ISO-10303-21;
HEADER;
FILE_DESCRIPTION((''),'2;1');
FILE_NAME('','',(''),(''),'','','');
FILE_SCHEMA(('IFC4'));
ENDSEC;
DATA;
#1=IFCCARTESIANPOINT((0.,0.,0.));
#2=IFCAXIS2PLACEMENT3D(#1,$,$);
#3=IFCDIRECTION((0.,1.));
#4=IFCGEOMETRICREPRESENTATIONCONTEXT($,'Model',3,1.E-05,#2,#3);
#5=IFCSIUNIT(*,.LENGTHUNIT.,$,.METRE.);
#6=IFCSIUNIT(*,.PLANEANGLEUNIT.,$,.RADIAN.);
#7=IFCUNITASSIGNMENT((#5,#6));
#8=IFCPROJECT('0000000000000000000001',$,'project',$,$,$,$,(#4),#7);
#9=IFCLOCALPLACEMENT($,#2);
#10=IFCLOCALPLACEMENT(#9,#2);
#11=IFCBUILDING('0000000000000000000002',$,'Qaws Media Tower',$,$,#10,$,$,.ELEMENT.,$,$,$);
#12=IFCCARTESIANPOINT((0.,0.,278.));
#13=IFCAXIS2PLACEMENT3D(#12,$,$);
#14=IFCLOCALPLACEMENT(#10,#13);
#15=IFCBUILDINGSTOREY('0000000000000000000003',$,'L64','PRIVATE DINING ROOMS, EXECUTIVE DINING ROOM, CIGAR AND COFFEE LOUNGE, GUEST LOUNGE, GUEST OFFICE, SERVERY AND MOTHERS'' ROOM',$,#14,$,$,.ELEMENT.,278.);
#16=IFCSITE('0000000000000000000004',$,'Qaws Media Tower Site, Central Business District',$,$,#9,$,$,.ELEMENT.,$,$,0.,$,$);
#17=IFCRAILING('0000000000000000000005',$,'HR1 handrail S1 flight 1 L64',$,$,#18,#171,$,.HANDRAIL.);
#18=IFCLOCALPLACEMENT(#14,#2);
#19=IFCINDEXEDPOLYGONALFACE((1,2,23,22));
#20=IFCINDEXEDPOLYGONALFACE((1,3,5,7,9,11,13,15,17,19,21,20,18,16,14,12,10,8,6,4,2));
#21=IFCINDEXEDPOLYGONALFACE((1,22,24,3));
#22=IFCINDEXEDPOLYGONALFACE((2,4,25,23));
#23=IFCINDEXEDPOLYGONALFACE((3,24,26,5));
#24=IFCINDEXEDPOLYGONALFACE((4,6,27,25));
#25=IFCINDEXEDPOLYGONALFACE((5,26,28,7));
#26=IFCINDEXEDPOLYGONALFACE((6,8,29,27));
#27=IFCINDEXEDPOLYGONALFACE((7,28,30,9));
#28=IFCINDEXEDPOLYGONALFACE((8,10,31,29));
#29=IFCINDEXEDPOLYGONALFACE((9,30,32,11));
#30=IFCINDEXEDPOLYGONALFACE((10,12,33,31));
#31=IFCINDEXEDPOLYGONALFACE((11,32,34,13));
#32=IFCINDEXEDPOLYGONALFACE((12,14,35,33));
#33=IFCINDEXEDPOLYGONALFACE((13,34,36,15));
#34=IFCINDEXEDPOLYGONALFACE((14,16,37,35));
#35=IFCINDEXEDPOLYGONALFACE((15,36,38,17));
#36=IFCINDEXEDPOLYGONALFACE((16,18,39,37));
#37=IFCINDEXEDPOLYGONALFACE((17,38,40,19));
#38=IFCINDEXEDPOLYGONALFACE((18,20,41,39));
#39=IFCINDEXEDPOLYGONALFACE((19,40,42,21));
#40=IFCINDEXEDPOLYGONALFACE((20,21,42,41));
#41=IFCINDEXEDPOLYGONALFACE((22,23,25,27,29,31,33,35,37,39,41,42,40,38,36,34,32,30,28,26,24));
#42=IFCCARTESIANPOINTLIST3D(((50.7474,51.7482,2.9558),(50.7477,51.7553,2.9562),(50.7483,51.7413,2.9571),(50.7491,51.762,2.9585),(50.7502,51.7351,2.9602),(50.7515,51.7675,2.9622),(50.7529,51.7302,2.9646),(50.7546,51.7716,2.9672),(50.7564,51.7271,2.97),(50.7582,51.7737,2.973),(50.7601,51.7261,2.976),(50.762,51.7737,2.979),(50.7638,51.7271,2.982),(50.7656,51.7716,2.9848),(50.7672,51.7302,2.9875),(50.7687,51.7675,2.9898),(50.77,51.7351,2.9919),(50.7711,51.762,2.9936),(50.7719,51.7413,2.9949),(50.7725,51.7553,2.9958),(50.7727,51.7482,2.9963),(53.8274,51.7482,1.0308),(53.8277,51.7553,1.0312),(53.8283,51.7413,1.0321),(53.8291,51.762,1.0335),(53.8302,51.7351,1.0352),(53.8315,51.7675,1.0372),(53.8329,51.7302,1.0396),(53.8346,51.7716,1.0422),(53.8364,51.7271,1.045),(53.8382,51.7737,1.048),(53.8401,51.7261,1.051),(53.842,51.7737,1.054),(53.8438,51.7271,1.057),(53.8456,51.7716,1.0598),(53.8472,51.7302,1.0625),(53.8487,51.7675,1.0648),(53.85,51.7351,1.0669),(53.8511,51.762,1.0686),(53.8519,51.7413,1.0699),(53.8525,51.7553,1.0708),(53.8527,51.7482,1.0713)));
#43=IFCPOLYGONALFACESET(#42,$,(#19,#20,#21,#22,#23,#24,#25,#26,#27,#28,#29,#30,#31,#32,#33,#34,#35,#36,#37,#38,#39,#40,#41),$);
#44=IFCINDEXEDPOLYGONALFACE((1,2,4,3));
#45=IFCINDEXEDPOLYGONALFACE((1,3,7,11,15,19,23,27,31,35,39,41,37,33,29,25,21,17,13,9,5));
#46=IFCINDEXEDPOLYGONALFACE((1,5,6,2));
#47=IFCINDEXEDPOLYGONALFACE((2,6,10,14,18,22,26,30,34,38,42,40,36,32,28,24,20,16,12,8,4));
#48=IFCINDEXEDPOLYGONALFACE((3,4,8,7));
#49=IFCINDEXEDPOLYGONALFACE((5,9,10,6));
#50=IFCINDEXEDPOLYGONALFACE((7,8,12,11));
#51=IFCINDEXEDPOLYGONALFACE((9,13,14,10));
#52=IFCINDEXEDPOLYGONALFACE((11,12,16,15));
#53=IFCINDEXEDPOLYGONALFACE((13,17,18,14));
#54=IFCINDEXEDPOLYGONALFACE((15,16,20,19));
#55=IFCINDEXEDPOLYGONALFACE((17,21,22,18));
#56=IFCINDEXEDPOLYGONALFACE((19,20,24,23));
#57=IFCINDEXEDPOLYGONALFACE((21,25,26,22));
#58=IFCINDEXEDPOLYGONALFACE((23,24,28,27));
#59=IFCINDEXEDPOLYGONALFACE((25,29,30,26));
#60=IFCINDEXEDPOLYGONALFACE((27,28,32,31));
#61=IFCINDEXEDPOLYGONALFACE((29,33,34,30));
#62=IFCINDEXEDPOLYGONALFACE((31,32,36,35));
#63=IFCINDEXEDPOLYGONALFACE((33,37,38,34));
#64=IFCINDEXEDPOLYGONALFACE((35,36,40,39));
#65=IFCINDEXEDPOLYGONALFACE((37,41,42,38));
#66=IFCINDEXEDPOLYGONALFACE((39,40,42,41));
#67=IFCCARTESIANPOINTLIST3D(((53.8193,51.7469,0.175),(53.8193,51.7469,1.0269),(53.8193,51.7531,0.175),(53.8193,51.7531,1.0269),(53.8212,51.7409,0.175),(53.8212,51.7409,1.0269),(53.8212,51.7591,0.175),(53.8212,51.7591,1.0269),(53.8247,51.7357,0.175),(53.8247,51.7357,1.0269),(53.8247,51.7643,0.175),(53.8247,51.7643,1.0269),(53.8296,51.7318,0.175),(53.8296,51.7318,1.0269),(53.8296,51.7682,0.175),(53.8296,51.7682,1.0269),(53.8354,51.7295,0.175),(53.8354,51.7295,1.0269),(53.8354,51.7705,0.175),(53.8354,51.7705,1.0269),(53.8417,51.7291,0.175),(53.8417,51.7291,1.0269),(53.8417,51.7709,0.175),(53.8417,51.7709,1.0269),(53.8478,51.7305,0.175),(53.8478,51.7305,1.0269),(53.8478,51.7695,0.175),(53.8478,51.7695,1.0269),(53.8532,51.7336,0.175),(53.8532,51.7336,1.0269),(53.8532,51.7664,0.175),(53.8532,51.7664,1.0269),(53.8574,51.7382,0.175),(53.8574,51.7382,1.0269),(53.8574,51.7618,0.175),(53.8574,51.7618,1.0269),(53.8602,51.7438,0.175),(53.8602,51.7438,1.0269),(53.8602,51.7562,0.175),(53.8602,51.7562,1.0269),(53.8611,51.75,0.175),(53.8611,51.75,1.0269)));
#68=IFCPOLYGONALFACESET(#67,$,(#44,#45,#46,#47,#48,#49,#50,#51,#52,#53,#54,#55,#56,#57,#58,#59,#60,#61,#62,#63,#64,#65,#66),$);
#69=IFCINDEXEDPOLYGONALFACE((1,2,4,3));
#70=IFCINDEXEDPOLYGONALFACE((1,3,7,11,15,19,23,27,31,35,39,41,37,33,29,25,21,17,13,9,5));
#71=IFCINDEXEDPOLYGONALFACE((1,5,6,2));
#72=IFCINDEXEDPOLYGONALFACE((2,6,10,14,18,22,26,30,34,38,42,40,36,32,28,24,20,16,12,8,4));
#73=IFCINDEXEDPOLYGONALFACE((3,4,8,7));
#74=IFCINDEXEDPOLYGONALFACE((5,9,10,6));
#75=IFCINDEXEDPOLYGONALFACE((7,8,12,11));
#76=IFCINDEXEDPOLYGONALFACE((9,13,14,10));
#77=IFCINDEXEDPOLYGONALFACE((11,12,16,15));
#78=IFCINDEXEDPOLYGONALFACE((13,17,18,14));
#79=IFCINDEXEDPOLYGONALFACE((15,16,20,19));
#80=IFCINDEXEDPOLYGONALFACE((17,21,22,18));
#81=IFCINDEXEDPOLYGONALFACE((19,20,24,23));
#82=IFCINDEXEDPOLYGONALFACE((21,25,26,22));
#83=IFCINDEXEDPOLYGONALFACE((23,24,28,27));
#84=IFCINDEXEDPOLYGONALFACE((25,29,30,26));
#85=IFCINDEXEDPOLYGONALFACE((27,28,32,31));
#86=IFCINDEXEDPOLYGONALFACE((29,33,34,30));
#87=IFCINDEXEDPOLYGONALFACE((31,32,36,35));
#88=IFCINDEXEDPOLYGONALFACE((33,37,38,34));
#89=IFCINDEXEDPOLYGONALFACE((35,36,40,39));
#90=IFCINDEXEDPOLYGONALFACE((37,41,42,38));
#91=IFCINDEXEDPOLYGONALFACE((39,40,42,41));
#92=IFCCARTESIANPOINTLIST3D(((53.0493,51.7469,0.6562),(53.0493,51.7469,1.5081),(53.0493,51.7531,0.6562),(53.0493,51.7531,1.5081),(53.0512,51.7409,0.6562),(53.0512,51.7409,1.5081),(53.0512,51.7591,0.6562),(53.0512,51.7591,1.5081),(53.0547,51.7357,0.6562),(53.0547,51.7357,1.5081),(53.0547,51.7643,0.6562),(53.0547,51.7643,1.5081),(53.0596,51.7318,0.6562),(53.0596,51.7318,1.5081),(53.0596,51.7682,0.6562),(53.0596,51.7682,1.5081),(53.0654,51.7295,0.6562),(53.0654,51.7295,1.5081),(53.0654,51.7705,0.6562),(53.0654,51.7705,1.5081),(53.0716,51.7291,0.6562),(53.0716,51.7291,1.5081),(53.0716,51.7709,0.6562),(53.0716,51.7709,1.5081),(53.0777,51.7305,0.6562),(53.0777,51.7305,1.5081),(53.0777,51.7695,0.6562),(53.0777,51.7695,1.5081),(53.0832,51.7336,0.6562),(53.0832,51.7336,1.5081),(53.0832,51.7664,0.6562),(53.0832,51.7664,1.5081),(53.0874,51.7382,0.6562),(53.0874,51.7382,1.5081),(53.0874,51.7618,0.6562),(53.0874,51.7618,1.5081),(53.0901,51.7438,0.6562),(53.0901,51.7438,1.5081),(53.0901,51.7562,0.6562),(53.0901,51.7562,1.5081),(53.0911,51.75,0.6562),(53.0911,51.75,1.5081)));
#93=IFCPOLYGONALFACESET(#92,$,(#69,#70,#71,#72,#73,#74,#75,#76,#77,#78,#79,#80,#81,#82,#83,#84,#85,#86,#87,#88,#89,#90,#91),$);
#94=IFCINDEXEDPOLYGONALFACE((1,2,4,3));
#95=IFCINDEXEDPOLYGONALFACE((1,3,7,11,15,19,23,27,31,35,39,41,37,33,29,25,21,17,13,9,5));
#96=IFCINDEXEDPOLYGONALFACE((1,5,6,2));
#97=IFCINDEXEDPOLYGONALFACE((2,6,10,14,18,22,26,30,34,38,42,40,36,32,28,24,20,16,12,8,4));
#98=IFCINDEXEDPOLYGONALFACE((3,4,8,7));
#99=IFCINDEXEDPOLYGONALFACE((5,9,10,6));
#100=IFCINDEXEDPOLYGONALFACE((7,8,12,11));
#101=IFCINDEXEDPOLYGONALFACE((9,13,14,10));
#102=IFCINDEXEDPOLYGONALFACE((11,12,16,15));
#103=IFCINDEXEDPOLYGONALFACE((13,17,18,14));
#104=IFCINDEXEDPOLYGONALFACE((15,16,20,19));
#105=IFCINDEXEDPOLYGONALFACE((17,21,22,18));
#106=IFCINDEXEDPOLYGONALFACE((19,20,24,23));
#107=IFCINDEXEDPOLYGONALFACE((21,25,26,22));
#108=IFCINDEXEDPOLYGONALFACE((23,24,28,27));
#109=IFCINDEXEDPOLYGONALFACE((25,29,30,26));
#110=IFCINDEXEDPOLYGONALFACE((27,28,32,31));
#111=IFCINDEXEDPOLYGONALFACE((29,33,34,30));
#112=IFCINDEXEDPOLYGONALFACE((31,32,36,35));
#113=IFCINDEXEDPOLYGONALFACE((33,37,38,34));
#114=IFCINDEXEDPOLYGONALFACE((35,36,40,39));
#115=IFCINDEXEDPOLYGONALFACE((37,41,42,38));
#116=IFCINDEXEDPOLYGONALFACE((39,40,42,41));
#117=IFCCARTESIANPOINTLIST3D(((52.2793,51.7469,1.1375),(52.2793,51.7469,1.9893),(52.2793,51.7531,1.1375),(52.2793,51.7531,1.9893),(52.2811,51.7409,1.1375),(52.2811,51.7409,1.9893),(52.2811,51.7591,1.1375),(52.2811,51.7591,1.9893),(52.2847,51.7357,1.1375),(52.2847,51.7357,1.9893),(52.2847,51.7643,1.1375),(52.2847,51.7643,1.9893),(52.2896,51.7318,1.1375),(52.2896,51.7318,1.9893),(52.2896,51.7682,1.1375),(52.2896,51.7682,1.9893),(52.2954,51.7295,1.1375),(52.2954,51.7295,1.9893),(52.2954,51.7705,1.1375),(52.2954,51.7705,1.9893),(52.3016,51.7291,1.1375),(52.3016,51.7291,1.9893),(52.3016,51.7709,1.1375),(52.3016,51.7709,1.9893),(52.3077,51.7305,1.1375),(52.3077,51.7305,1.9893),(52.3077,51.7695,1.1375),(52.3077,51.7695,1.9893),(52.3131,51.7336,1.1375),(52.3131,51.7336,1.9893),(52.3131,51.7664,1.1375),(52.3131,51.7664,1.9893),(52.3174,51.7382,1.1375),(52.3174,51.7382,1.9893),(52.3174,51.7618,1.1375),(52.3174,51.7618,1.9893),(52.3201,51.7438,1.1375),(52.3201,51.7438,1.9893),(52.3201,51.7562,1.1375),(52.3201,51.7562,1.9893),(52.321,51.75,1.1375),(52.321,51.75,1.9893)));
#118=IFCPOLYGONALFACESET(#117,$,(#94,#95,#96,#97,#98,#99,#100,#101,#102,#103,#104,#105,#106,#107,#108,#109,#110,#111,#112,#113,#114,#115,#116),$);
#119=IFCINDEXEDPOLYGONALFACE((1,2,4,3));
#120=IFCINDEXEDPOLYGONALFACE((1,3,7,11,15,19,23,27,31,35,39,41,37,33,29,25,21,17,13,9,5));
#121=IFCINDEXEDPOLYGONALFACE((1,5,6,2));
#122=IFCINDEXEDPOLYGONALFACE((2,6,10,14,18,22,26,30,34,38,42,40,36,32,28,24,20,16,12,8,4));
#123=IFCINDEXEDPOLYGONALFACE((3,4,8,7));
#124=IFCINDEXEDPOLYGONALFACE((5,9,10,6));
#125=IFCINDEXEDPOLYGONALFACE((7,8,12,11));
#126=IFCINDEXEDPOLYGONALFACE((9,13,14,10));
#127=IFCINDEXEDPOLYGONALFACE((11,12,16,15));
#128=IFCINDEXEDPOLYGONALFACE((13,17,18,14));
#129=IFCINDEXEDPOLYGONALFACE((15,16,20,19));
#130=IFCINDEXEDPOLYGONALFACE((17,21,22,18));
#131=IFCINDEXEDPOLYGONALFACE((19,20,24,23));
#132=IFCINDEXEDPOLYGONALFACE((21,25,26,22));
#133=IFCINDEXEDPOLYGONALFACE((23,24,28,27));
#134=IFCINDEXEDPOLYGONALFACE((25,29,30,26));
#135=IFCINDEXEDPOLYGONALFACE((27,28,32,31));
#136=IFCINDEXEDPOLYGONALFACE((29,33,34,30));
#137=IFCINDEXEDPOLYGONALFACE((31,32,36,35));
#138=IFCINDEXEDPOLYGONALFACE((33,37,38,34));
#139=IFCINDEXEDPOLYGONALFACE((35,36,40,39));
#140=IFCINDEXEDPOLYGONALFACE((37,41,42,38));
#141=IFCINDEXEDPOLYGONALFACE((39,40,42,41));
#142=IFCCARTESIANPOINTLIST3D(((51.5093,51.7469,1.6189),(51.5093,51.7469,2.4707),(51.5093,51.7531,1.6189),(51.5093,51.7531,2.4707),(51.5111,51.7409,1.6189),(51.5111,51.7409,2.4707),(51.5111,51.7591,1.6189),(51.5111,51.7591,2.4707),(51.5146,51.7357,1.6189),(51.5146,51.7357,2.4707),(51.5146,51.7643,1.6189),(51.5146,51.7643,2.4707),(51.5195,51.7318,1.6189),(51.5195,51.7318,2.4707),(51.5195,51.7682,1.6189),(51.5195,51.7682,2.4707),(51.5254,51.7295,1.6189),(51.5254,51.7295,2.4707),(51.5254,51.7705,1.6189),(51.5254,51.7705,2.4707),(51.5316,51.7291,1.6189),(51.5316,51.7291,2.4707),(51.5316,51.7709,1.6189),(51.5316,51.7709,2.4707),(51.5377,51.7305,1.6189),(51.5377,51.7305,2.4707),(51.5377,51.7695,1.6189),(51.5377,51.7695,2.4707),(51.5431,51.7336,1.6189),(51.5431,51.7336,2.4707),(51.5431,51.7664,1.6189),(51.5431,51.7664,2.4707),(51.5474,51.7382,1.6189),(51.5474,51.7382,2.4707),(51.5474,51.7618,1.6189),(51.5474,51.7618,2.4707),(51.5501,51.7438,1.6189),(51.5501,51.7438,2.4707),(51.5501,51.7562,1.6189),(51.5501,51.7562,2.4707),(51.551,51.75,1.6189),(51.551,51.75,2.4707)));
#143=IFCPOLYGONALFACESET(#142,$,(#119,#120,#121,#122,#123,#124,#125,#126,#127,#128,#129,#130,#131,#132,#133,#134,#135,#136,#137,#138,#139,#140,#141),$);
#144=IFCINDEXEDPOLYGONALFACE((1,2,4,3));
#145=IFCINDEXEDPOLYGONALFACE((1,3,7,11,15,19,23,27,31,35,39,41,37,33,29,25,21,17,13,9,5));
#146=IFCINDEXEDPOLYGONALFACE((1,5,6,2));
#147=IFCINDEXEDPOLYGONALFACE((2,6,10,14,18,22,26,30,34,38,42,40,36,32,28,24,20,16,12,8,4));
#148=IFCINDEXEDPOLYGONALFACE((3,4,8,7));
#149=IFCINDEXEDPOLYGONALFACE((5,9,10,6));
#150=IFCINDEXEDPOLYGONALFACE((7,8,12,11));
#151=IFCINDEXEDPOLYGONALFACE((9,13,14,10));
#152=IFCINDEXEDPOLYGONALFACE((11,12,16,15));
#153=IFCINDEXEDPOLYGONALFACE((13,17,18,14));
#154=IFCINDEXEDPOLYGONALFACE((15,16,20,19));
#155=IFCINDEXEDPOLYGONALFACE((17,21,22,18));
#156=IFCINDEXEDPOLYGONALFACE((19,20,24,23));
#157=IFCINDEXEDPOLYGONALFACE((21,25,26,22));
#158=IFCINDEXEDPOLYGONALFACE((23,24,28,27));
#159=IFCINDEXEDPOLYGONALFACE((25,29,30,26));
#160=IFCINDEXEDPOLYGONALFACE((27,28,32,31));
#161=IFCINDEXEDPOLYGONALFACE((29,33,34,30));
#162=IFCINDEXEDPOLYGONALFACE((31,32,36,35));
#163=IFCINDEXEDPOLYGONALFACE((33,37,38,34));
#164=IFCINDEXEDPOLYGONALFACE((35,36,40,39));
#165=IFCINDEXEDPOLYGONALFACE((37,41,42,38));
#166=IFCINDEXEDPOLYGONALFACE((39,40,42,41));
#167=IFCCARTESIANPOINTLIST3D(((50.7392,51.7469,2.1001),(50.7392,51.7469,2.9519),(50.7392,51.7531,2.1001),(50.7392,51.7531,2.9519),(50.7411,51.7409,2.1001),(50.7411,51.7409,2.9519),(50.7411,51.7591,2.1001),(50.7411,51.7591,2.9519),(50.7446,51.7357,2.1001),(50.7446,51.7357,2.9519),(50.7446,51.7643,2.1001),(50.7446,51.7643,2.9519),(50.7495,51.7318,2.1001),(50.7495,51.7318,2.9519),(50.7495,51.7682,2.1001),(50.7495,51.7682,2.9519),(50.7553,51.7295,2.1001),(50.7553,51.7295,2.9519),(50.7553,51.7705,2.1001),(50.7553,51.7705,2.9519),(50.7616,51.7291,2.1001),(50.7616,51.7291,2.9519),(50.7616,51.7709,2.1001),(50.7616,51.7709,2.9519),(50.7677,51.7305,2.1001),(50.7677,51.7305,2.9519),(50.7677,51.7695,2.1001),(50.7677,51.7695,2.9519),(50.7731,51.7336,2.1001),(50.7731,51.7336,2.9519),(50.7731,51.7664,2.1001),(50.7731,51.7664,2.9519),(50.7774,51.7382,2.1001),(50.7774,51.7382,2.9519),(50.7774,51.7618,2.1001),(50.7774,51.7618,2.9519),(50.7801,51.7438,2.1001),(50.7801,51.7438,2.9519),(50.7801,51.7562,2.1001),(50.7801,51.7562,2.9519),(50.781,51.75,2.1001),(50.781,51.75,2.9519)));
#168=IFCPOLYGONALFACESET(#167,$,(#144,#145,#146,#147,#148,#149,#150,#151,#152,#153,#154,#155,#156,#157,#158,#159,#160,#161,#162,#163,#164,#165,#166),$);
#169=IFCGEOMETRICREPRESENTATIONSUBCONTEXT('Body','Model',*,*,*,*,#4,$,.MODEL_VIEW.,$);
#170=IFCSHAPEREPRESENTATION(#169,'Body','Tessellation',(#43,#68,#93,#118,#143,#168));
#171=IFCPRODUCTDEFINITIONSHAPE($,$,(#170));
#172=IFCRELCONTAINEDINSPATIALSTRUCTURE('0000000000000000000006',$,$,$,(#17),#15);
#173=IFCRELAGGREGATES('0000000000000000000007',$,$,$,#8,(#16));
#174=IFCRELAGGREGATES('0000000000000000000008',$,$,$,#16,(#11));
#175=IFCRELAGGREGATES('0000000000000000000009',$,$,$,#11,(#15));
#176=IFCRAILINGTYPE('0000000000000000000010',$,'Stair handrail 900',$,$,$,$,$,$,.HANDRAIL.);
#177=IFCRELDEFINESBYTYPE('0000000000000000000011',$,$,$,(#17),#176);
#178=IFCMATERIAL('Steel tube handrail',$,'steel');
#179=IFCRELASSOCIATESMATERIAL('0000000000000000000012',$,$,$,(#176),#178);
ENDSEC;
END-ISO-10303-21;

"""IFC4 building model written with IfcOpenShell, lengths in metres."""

from ifc_helpers import new_model, si_unit, direction, frame, origin, origin_2d, place, context, subcontext, project, spatial, circle, extrude, material, type_object, element, save


model = new_model("IFC4")

# Units and contexts
model_context = context("Model", 3, precision=1e-05, world=origin(), true_north=direction((0.0, 1.0)))
body_context = subcontext(model_context, "Body", "Model", "MODEL_VIEW")
ifc_project = project(units=[si_unit("LENGTHUNIT", "METRE"), si_unit("PLANEANGLEUNIT", "RADIAN")], contexts=[model_context])

# Site, building, storey
site_placement = place(None, origin())
site = spatial("IfcSite", under=ifc_project, at=site_placement, Name="Qaws Media Tower Site, Central Business District", CompositionType="ELEMENT", RefElevation=0.0)
building_placement = place(site_placement, origin())
building = spatial("IfcBuilding", under=site, at=building_placement, Name="Qaws Media Tower", CompositionType="ELEMENT")
storey_placement = place(building_placement, frame((0.0, 0.0, 278.0)))
storey = spatial("IfcBuildingStorey", under=building, at=storey_placement, Name="L64", Description="PRIVATE DINING ROOMS, EXECUTIVE DINING ROOM, CIGAR AND COFFEE LOUNGE, GUEST LOUNGE, GUEST OFFICE, SERVERY AND MOTHERS' ROOM", CompositionType="ELEMENT", Elevation=278.0)

# Railing
ifc_material_1 = material(Name="Steel tube handrail", Category="steel")
railing_type = type_object("IfcRailingType", Name="Stair handrail 900", PredefinedType="HANDRAIL", material=ifc_material_1)
for number, where, name in (
    (1, (53.8401, 51.75, 0.175), "HR1 handrail S1 flight 1 L64"),
):
    element("IfcRailing", number, at=place(storey_placement, frame(where)), inside=storey, type_object=railing_type, Name=name, PredefinedType="HANDRAIL", context=body_context, shape_type="SweptSolid", body=[
        extrude(circle(Radius=0.0239, at=origin_2d()), frame((0.0, 0.0, 0.876), z_axis=(-0.847998, 0.0, 0.529999), x_axis=(0.0, -1.0, 0.0)), (0.0, 0.0, 1.0), 3.6321),
        extrude(circle(Radius=0.021, at=origin_2d()), origin(), (0.0, 0.0, 1.0), 0.8518),
        extrude(circle(Radius=0.021, at=origin_2d()), frame((-0.77, 0.0, 0.4812)), (0.0, 0.0, 1.0), 0.8518),
        extrude(circle(Radius=0.021, at=origin_2d()), frame((-1.54, 0.0, 0.9624)), (0.0, 0.0, 1.0), 0.8518),
        extrude(circle(Radius=0.021, at=origin_2d()), frame((-2.3101, 0.0, 1.4438)), (0.0, 0.0, 1.0), 0.8518),
        extrude(circle(Radius=0.021, at=origin_2d()), frame((-3.0801, 0.0, 1.925)), (0.0, 0.0, 1.0), 0.8518),
    ])

save(model, "model.ifc")
